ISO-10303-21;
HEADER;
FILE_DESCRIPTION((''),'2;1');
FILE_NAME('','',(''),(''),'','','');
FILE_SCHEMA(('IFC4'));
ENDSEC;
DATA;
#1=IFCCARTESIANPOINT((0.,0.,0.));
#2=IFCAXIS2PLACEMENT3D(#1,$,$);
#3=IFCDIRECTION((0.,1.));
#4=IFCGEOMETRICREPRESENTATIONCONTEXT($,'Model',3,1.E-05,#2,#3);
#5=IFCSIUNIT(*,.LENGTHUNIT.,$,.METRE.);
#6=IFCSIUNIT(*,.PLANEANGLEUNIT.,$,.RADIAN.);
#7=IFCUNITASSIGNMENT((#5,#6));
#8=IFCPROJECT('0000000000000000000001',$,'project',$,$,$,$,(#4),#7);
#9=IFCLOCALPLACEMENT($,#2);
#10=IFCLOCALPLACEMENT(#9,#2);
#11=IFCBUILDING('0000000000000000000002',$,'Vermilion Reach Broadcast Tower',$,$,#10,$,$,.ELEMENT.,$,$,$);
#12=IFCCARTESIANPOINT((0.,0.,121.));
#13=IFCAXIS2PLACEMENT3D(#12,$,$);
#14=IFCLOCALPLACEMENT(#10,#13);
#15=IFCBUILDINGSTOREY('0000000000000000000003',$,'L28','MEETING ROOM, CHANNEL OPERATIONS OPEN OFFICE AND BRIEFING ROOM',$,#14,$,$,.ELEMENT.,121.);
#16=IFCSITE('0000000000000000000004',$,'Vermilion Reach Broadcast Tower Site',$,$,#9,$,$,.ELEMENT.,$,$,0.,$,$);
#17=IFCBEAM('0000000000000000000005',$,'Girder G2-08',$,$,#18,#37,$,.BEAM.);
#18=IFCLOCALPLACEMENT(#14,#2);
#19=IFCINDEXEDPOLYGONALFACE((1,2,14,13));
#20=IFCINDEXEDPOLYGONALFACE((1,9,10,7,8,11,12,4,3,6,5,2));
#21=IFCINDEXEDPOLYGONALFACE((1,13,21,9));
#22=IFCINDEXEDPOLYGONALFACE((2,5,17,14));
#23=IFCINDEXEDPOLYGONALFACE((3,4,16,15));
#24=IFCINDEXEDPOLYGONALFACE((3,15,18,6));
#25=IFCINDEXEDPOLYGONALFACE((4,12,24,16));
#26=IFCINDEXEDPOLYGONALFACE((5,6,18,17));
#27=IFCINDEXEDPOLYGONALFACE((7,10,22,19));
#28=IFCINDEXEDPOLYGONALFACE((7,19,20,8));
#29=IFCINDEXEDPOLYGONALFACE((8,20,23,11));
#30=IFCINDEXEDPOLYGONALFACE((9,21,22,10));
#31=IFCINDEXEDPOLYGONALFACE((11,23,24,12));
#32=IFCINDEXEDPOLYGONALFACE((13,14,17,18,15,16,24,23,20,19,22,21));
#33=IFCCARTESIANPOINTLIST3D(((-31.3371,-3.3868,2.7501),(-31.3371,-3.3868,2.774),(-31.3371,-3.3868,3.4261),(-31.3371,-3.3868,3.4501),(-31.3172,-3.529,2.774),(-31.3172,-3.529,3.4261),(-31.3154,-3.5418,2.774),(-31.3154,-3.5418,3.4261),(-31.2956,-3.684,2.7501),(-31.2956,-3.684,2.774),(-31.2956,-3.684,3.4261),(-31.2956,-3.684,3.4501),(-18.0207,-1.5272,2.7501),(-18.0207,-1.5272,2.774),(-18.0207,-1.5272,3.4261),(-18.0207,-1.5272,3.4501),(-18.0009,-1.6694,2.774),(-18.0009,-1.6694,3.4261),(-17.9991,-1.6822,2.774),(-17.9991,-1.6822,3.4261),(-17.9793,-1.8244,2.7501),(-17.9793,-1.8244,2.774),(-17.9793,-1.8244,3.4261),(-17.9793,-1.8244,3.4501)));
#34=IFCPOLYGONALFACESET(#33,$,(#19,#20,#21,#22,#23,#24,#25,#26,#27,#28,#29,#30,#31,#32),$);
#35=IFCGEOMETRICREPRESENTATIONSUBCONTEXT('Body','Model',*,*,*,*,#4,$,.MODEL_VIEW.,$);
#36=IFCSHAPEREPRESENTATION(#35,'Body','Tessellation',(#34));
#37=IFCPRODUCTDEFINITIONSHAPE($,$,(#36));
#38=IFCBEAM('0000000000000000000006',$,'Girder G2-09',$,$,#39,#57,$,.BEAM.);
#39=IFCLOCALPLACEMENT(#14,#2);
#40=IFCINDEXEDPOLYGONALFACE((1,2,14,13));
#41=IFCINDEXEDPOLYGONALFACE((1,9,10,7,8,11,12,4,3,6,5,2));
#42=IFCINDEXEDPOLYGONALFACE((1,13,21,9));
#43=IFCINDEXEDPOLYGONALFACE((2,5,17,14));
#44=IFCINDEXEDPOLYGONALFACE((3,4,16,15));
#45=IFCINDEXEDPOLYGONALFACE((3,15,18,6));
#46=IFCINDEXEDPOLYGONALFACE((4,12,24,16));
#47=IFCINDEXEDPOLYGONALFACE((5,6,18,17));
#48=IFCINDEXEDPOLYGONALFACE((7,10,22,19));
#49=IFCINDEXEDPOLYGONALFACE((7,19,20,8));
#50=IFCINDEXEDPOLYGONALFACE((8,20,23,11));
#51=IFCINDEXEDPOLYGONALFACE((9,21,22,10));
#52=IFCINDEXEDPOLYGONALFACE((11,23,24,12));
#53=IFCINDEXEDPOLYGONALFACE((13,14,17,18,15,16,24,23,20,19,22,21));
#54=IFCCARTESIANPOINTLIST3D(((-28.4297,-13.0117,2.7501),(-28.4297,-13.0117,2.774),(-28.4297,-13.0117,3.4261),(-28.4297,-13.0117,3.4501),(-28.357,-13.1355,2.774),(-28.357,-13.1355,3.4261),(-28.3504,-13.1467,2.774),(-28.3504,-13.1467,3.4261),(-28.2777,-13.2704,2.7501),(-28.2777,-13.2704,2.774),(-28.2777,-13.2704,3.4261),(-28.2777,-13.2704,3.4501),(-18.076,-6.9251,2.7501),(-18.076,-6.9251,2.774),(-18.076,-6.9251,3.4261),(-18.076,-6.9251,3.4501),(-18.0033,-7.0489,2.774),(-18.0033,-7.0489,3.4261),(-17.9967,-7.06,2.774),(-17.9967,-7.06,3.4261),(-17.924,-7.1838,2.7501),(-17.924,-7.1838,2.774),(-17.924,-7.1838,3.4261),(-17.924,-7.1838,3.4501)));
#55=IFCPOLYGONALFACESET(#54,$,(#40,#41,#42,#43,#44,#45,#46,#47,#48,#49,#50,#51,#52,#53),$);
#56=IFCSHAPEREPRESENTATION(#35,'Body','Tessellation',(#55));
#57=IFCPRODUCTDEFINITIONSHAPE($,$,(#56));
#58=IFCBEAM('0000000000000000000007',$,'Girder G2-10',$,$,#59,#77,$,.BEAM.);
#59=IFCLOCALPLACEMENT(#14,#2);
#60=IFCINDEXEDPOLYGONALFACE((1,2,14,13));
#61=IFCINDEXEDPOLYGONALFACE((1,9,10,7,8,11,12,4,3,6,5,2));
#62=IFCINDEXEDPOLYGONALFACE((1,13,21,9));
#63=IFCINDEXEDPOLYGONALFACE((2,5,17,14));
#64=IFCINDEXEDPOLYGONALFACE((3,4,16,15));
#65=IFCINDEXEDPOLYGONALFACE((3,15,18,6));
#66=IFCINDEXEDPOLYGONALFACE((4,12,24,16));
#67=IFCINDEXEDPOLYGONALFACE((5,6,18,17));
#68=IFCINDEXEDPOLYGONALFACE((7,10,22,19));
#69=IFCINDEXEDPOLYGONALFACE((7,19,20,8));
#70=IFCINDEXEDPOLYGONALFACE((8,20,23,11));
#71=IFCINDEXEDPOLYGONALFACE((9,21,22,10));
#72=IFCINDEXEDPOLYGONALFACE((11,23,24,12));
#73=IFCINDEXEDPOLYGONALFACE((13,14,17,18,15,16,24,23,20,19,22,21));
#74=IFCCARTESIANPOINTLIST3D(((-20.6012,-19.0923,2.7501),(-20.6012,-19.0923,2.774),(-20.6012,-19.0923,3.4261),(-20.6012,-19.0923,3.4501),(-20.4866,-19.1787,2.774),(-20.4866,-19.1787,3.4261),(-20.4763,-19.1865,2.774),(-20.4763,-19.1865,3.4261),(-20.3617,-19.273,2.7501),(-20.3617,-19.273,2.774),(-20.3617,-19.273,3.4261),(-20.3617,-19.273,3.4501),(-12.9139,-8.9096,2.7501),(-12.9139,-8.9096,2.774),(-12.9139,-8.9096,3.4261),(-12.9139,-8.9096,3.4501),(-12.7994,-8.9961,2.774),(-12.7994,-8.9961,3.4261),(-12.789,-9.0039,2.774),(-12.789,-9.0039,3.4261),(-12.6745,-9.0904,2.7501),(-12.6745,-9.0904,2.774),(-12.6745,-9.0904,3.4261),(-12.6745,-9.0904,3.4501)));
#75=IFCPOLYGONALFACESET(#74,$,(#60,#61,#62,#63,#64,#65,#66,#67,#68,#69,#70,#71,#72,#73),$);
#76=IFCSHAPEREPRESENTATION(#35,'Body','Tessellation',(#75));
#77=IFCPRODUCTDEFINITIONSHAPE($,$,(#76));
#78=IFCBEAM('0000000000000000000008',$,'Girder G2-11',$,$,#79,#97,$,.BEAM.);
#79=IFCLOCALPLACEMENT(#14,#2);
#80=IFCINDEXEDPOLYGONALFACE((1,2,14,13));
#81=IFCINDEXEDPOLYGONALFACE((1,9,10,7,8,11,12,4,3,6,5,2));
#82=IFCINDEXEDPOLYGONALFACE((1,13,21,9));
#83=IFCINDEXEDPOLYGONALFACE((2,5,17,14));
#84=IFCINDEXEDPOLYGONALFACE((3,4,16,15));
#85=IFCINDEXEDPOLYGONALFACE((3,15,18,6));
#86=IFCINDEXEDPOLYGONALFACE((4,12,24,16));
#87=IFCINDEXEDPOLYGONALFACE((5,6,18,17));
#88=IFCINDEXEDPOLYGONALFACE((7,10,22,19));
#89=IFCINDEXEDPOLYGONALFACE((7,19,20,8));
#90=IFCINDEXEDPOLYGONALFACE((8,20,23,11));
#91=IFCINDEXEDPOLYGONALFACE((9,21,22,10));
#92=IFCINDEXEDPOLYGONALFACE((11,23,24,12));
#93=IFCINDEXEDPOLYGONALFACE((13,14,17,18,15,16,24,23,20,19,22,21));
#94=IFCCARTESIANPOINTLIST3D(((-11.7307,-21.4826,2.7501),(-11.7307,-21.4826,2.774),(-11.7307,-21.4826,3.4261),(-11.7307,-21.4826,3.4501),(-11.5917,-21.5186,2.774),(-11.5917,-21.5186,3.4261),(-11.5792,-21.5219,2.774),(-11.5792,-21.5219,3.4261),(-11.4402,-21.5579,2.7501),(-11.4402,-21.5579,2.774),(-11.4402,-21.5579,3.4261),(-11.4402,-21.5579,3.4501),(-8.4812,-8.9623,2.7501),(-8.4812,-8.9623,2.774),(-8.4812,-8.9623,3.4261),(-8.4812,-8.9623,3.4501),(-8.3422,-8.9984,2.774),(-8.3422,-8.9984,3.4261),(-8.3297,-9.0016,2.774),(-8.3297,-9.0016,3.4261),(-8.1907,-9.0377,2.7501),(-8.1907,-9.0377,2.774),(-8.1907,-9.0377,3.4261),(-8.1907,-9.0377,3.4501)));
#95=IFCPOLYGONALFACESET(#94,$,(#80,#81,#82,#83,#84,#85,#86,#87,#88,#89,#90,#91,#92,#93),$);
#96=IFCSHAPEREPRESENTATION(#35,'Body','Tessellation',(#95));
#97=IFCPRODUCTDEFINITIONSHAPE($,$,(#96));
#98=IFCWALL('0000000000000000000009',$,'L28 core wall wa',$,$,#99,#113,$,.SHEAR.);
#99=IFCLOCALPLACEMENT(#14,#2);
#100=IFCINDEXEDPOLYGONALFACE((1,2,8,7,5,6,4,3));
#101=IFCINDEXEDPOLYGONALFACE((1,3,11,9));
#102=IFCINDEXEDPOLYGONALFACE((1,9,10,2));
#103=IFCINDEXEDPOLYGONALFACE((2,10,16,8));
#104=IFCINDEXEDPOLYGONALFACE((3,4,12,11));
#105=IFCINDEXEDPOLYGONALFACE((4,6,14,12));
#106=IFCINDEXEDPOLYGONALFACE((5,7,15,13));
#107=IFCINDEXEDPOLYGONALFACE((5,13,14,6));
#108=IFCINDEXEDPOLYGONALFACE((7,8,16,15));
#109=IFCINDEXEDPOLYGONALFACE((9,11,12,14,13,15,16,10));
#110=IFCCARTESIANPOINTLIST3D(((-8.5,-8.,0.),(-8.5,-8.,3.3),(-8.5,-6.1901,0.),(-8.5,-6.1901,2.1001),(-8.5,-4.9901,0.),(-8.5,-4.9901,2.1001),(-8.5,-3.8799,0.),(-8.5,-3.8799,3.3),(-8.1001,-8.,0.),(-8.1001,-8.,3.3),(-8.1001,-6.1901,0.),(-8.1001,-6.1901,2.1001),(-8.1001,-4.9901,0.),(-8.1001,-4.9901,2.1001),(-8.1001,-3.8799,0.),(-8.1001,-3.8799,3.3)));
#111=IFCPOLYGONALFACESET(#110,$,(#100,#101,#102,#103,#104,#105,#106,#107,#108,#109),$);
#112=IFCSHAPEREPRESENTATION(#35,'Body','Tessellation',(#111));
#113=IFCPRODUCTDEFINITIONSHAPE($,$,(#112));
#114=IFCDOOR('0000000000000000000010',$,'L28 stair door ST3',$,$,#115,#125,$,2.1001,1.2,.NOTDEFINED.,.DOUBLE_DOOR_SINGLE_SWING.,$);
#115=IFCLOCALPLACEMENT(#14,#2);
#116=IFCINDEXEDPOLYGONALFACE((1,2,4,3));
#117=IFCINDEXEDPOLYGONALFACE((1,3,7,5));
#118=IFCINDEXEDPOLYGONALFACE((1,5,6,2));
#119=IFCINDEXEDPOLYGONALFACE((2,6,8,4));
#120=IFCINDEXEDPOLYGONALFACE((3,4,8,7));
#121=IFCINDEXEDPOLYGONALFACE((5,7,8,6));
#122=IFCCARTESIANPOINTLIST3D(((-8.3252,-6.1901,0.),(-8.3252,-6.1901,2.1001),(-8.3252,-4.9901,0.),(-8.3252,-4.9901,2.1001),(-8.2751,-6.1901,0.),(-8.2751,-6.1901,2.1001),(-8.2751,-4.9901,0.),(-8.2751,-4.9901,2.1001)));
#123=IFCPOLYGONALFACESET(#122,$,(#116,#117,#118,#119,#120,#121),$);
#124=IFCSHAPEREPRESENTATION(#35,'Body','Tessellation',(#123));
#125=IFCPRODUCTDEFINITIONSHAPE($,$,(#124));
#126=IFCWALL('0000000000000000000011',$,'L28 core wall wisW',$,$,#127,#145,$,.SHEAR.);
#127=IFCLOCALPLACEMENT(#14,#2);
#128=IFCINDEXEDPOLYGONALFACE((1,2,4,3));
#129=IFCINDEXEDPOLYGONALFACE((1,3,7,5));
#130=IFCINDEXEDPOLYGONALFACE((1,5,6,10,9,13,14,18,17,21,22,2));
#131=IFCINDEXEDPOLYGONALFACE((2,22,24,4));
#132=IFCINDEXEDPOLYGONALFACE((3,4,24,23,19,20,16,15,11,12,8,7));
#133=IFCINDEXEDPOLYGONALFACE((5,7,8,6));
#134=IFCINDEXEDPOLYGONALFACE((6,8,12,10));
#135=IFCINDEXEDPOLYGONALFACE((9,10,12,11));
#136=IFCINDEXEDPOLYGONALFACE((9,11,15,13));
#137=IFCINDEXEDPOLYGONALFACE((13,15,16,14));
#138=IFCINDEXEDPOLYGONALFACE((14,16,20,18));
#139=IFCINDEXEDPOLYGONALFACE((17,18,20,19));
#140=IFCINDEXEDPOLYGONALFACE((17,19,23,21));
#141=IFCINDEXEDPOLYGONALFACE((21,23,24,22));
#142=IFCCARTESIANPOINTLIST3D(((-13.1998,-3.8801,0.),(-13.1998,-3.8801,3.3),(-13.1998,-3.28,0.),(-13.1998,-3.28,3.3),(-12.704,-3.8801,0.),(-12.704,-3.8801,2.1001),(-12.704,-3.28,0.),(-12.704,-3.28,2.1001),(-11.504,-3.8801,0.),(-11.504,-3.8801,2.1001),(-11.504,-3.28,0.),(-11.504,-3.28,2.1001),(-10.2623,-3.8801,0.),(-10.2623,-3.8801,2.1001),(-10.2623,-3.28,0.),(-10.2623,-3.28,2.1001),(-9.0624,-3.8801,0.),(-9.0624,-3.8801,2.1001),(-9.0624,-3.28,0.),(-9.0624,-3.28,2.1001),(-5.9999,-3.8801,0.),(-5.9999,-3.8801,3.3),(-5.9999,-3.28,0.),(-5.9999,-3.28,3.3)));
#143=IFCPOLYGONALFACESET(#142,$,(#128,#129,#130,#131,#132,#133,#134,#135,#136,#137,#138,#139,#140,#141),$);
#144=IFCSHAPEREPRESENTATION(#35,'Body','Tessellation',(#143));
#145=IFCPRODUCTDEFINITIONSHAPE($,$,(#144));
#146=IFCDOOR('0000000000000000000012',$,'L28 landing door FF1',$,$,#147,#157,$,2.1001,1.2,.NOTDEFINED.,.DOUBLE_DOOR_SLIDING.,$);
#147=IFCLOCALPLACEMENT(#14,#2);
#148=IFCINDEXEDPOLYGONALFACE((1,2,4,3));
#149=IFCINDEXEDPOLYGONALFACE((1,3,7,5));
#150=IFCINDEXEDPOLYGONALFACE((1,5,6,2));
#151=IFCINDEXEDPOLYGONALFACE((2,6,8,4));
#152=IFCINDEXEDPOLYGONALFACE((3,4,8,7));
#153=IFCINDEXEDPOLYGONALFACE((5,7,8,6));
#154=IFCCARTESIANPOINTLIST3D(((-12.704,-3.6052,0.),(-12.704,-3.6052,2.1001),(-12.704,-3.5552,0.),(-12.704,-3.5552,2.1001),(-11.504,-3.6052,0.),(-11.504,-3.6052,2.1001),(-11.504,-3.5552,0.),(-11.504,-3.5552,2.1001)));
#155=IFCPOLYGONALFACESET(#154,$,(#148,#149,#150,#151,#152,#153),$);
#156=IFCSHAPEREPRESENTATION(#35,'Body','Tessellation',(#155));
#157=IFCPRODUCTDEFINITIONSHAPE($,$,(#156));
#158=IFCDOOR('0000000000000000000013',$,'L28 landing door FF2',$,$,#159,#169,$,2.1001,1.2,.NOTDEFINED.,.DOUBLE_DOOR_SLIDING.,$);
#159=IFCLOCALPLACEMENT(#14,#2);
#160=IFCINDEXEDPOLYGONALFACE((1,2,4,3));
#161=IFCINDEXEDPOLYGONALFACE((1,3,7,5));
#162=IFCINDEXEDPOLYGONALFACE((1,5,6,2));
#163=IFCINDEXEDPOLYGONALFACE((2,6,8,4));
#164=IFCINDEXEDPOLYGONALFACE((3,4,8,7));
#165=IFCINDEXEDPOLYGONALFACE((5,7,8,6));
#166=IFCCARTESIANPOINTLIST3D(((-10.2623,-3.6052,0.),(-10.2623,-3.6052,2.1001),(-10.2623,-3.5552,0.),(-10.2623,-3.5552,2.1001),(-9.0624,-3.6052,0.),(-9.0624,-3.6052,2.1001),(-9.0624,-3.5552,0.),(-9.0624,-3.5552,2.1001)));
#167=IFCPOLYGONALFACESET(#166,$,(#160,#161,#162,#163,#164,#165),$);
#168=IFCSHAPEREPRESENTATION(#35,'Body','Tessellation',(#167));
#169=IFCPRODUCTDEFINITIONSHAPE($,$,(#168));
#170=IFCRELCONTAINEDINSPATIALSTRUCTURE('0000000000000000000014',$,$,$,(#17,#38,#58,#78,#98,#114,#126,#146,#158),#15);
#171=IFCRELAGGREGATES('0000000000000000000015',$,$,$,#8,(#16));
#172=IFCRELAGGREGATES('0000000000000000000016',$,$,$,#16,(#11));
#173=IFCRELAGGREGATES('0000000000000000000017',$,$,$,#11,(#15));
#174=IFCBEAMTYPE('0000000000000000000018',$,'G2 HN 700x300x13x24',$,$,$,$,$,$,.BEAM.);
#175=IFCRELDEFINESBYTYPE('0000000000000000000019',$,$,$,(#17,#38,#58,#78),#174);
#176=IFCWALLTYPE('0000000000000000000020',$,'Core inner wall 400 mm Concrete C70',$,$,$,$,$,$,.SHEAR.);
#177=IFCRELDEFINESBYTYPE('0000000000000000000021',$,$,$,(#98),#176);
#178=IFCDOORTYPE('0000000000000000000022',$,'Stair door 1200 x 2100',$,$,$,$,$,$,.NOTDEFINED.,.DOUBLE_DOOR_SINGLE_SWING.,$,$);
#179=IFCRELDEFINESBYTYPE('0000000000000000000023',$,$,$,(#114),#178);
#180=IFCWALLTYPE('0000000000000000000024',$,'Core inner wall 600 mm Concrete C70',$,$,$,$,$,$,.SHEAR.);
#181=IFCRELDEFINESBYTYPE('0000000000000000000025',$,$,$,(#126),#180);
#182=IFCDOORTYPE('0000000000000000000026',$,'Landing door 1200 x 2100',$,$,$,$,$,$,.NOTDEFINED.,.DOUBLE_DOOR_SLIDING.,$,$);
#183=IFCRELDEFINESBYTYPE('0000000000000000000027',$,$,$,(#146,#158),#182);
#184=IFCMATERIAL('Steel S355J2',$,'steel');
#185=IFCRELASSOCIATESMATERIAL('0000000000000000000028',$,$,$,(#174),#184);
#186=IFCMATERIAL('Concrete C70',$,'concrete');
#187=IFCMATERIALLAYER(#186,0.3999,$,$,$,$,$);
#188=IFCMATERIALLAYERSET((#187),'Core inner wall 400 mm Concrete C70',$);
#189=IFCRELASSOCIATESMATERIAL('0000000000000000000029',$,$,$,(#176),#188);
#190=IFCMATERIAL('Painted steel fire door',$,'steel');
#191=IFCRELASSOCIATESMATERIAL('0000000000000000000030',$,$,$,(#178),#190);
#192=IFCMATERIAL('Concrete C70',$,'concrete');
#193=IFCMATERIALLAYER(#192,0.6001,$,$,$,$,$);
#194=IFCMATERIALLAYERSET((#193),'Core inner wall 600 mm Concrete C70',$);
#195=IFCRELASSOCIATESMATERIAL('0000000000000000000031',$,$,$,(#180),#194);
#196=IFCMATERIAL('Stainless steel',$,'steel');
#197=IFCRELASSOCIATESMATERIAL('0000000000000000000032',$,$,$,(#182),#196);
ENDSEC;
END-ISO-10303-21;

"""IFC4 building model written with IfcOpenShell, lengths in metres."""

from ifc_helpers import new_model, si_unit, direction, frame, frame_2d, origin, origin_2d, place, context, subcontext, project, spatial, rectangle, i_section, extrude, material, layer, layer_set, material_profile, profile_set, type_object, element, fill, save


model = new_model("IFC4")

# Units and contexts
model_context = context("Model", 3, precision=1e-05, world=origin(), true_north=direction((0.0, 1.0)))
body_context = subcontext(model_context, "Body", "Model", "MODEL_VIEW")
ifc_project = project(units=[si_unit("LENGTHUNIT", "METRE"), si_unit("PLANEANGLEUNIT", "RADIAN")], contexts=[model_context])

# Site, building, storey
site_placement = place(None, origin())
site = spatial("IfcSite", under=ifc_project, at=site_placement, Name="Vermilion Reach Broadcast Tower Site", CompositionType="ELEMENT", RefElevation=0.0)
building_placement = place(site_placement, origin())
building = spatial("IfcBuilding", under=site, at=building_placement, Name="Vermilion Reach Broadcast Tower", CompositionType="ELEMENT")
storey_placement = place(building_placement, frame((0.0, 0.0, 121.0)))
storey = spatial("IfcBuildingStorey", under=building, at=storey_placement, Name="L28", Description="MEETING ROOM, CHANNEL OPERATIONS OPEN OFFICE AND BRIEFING ROOM", CompositionType="ELEMENT", Elevation=121.0)

# Beams
ifc_material_1 = material(Name="Steel S355J2", Category="steel")
ifc_material_profile = material_profile(ifc_material_1, i_section(OverallWidth=0.3, OverallDepth=0.7, WebThickness=0.0129, FlangeThickness=0.0239, at=origin_2d()), Name="S355J2 HN 700x300x13x24")
ifc_profile_set = profile_set([ifc_material_profile], Name="Steel S355J2")
beam_type = type_object("IfcBeamType", Name="G2 HN 700x300x13x24", PredefinedType="BEAM", material=ifc_profile_set)
beam_1_placement = place(storey_placement, frame((-18.0, -1.6758, 3.1001), z_axis=(-0.990389, -0.138307, 0.0), x_axis=(0.138307, -0.990389, 0.0)))
element("IfcBeam", 1, at=beam_1_placement, inside=storey, type_object=beam_type, Name="Girder G2-08", PredefinedType="BEAM", context=body_context, shape_type="SweptSolid", body=[
    extrude(i_section(OverallWidth=0.3, OverallDepth=0.7, WebThickness=0.0129, FlangeThickness=0.0239, at=origin_2d()), origin(), (0.0, 0.0, 1.0), 13.4456),
])
beam_2_placement = place(storey_placement, frame((-18.0, -7.0544, 3.1001), z_axis=(-0.862072, -0.506786, 0.0), x_axis=(0.506786, -0.862072, 0.0)))
element("IfcBeam", 2, at=beam_2_placement, inside=storey, type_object=beam_type, Name="Girder G2-09", PredefinedType="BEAM", context=body_context, shape_type="SweptSolid", body=[
    extrude(i_section(OverallWidth=0.3, OverallDepth=0.7, WebThickness=0.0129, FlangeThickness=0.0239, at=origin_2d()), origin(), (0.0, 0.0, 1.0), 12.0103),
])
beam_3_placement = place(storey_placement, frame((-12.7942, -9.0, 3.1001), z_axis=(-0.60252, -0.798104, 0.0), x_axis=(0.798104, -0.60252, 0.0)))
element("IfcBeam", 3, at=beam_3_placement, inside=storey, type_object=beam_type, Name="Girder G2-10", PredefinedType="BEAM", context=body_context, shape_type="SweptSolid", body=[
    extrude(i_section(OverallWidth=0.3, OverallDepth=0.7, WebThickness=0.0129, FlangeThickness=0.0239, at=origin_2d()), origin(), (0.0, 0.0, 1.0), 12.7585),
])
beam_4_placement = place(storey_placement, frame((-8.3359, -9.0, 3.1001), z_axis=(-0.251217, -0.967931, 0.0), x_axis=(0.967931, -0.251217, 0.0)))
element("IfcBeam", 4, at=beam_4_placement, inside=storey, type_object=beam_type, Name="Girder G2-11", PredefinedType="BEAM", context=body_context, shape_type="SweptSolid", body=[
    extrude(i_section(OverallWidth=0.3, OverallDepth=0.7, WebThickness=0.0129, FlangeThickness=0.0239, at=origin_2d()), origin(), (0.0, 0.0, 1.0), 12.9351),
])

# Wall, opening, door
ifc_material_2 = material(Name="Concrete C70", Category="concrete")
ifc_layer_1 = layer(ifc_material_2, 0.3999)
ifc_layer_set_1 = layer_set([ifc_layer_1], Name="Core inner wall 400 mm Concrete C70")
wall_type_1 = type_object("IfcWallType", Name="Core inner wall 400 mm Concrete C70", PredefinedType="SHEAR", material=ifc_layer_set_1)
wall_1_placement = place(storey_placement, frame((-8.3, -3.8799, 0.0), z_axis=(0.0, 0.0, 1.0), x_axis=(0.0, -1.0, 0.0)))
wall_1 = element("IfcWall", 5, at=wall_1_placement, inside=storey, type_object=wall_type_1, Name="L28 core wall wa", PredefinedType="SHEAR", context=body_context, shape_type="SweptSolid", body=[
    extrude(rectangle(XDim=4.1201, YDim=0.3999, at=frame_2d((2.0601, 0.0))), origin(), (0.0, 0.0, 1.0), 3.3),
])
opening_1_placement = place(wall_1_placement, frame((1.1101, 0.0, 0.0)))
opening_1 = element("IfcOpeningElement", 6, at=opening_1_placement, cuts=wall_1, PredefinedType="OPENING", context=body_context, shape_type="SweptSolid", body=[
    extrude(rectangle(XDim=1.2, YDim=2.1001, at=frame_2d((0.6001, 1.05))), frame((0.0, 0.21, 0.0), z_axis=(0.0, -1.0, 0.0), x_axis=(1.0, 0.0, 0.0)), (0.0, 0.0, 1.0), 0.4199),
])
ifc_material_3 = material(Name="Painted steel fire door", Category="steel")
door_type_1 = type_object("IfcDoorType", Name="Stair door 1200 x 2100", OperationType="DOUBLE_DOOR_SINGLE_SWING", PredefinedType="NOTDEFINED", material=ifc_material_3)
door_1_placement = place(opening_1_placement, origin())
door_1 = element("IfcDoor", 7, at=door_1_placement, inside=storey, type_object=door_type_1, Name="L28 stair door ST3", OperationType="DOUBLE_DOOR_SINGLE_SWING", OverallHeight=2.1001, OverallWidth=1.2, PredefinedType="NOTDEFINED", context=body_context, shape_type="SweptSolid", body=[
    extrude(rectangle(XDim=1.2, YDim=2.1001, at=frame_2d((0.6001, 1.05))), frame((0.0, 0.0249, 0.0), z_axis=(0.0, -1.0, 0.0), x_axis=(1.0, 0.0, 0.0)), (0.0, 0.0, 1.0), 0.05),
])
fill(opening_1, door_1)

# Wall, openings, doors
ifc_material_4 = material(Name="Concrete C70", Category="concrete")
ifc_layer_2 = layer(ifc_material_4, 0.6001)
ifc_layer_set_2 = layer_set([ifc_layer_2], Name="Core inner wall 600 mm Concrete C70")
wall_type_2 = type_object("IfcWallType", Name="Core inner wall 600 mm Concrete C70", PredefinedType="SHEAR", material=ifc_layer_set_2)
wall_2_placement = place(storey_placement, frame((-13.2, -3.5801, 0.0), z_axis=(0.0, 0.0, 1.0), x_axis=(1.0, 0.0, 0.0)))
wall_2 = element("IfcWall", 8, at=wall_2_placement, inside=storey, type_object=wall_type_2, Name="L28 core wall wisW", PredefinedType="SHEAR", context=body_context, shape_type="SweptSolid", body=[
    extrude(rectangle(XDim=7.2, YDim=0.6001, at=frame_2d((3.6001, 0.0))), origin(), (0.0, 0.0, 1.0), 3.3),
])
opening_2_placement = place(wall_2_placement, frame((0.4958, 0.0, 0.0)))
opening_2 = element("IfcOpeningElement", 9, at=opening_2_placement, cuts=wall_2, PredefinedType="OPENING", context=body_context, shape_type="SweptSolid", body=[
    extrude(rectangle(XDim=1.2, YDim=2.1001, at=frame_2d((0.6001, 1.05))), frame((0.0, 0.3101, 0.0), z_axis=(0.0, -1.0, 0.0), x_axis=(1.0, 0.0, 0.0)), (0.0, 0.0, 1.0), 0.6201),
])
opening_3_placement = place(wall_2_placement, frame((2.9375, 0.0, 0.0)))
opening_3 = element("IfcOpeningElement", 10, at=opening_3_placement, cuts=wall_2, PredefinedType="OPENING", context=body_context, shape_type="SweptSolid", body=[
    extrude(rectangle(XDim=1.2, YDim=2.1001, at=frame_2d((0.6001, 1.05))), frame((0.0, 0.3101, 0.0), z_axis=(0.0, -1.0, 0.0), x_axis=(1.0, 0.0, 0.0)), (0.0, 0.0, 1.0), 0.6201),
])
ifc_material_5 = material(Name="Stainless steel", Category="steel")
door_type_2 = type_object("IfcDoorType", Name="Landing door 1200 x 2100", OperationType="DOUBLE_DOOR_SLIDING", PredefinedType="NOTDEFINED", material=ifc_material_5)
door_2_placement = place(opening_2_placement, origin())
door_2 = element("IfcDoor", 11, at=door_2_placement, inside=storey, type_object=door_type_2, Name="L28 landing door FF1", OperationType="DOUBLE_DOOR_SLIDING", OverallHeight=2.1001, OverallWidth=1.2, PredefinedType="NOTDEFINED", context=body_context, shape_type="SweptSolid", body=[
    extrude(rectangle(XDim=1.2, YDim=2.1001, at=frame_2d((0.6001, 1.05))), frame((0.0, 0.0249, 0.0), z_axis=(0.0, -1.0, 0.0), x_axis=(1.0, 0.0, 0.0)), (0.0, 0.0, 1.0), 0.05),
])
fill(opening_2, door_2)
door_3_placement = place(opening_3_placement, origin())
door_3 = element("IfcDoor", 12, at=door_3_placement, inside=storey, type_object=door_type_2, Name="L28 landing door FF2", OperationType="DOUBLE_DOOR_SLIDING", OverallHeight=2.1001, OverallWidth=1.2, PredefinedType="NOTDEFINED", context=body_context, shape_type="SweptSolid", body=[
    extrude(rectangle(XDim=1.2, YDim=2.1001, at=frame_2d((0.6001, 1.05))), frame((0.0, 0.0249, 0.0), z_axis=(0.0, -1.0, 0.0), x_axis=(1.0, 0.0, 0.0)), (0.0, 0.0, 1.0), 0.05),
])
fill(opening_3, door_3)

save(model, "model.ifc")
